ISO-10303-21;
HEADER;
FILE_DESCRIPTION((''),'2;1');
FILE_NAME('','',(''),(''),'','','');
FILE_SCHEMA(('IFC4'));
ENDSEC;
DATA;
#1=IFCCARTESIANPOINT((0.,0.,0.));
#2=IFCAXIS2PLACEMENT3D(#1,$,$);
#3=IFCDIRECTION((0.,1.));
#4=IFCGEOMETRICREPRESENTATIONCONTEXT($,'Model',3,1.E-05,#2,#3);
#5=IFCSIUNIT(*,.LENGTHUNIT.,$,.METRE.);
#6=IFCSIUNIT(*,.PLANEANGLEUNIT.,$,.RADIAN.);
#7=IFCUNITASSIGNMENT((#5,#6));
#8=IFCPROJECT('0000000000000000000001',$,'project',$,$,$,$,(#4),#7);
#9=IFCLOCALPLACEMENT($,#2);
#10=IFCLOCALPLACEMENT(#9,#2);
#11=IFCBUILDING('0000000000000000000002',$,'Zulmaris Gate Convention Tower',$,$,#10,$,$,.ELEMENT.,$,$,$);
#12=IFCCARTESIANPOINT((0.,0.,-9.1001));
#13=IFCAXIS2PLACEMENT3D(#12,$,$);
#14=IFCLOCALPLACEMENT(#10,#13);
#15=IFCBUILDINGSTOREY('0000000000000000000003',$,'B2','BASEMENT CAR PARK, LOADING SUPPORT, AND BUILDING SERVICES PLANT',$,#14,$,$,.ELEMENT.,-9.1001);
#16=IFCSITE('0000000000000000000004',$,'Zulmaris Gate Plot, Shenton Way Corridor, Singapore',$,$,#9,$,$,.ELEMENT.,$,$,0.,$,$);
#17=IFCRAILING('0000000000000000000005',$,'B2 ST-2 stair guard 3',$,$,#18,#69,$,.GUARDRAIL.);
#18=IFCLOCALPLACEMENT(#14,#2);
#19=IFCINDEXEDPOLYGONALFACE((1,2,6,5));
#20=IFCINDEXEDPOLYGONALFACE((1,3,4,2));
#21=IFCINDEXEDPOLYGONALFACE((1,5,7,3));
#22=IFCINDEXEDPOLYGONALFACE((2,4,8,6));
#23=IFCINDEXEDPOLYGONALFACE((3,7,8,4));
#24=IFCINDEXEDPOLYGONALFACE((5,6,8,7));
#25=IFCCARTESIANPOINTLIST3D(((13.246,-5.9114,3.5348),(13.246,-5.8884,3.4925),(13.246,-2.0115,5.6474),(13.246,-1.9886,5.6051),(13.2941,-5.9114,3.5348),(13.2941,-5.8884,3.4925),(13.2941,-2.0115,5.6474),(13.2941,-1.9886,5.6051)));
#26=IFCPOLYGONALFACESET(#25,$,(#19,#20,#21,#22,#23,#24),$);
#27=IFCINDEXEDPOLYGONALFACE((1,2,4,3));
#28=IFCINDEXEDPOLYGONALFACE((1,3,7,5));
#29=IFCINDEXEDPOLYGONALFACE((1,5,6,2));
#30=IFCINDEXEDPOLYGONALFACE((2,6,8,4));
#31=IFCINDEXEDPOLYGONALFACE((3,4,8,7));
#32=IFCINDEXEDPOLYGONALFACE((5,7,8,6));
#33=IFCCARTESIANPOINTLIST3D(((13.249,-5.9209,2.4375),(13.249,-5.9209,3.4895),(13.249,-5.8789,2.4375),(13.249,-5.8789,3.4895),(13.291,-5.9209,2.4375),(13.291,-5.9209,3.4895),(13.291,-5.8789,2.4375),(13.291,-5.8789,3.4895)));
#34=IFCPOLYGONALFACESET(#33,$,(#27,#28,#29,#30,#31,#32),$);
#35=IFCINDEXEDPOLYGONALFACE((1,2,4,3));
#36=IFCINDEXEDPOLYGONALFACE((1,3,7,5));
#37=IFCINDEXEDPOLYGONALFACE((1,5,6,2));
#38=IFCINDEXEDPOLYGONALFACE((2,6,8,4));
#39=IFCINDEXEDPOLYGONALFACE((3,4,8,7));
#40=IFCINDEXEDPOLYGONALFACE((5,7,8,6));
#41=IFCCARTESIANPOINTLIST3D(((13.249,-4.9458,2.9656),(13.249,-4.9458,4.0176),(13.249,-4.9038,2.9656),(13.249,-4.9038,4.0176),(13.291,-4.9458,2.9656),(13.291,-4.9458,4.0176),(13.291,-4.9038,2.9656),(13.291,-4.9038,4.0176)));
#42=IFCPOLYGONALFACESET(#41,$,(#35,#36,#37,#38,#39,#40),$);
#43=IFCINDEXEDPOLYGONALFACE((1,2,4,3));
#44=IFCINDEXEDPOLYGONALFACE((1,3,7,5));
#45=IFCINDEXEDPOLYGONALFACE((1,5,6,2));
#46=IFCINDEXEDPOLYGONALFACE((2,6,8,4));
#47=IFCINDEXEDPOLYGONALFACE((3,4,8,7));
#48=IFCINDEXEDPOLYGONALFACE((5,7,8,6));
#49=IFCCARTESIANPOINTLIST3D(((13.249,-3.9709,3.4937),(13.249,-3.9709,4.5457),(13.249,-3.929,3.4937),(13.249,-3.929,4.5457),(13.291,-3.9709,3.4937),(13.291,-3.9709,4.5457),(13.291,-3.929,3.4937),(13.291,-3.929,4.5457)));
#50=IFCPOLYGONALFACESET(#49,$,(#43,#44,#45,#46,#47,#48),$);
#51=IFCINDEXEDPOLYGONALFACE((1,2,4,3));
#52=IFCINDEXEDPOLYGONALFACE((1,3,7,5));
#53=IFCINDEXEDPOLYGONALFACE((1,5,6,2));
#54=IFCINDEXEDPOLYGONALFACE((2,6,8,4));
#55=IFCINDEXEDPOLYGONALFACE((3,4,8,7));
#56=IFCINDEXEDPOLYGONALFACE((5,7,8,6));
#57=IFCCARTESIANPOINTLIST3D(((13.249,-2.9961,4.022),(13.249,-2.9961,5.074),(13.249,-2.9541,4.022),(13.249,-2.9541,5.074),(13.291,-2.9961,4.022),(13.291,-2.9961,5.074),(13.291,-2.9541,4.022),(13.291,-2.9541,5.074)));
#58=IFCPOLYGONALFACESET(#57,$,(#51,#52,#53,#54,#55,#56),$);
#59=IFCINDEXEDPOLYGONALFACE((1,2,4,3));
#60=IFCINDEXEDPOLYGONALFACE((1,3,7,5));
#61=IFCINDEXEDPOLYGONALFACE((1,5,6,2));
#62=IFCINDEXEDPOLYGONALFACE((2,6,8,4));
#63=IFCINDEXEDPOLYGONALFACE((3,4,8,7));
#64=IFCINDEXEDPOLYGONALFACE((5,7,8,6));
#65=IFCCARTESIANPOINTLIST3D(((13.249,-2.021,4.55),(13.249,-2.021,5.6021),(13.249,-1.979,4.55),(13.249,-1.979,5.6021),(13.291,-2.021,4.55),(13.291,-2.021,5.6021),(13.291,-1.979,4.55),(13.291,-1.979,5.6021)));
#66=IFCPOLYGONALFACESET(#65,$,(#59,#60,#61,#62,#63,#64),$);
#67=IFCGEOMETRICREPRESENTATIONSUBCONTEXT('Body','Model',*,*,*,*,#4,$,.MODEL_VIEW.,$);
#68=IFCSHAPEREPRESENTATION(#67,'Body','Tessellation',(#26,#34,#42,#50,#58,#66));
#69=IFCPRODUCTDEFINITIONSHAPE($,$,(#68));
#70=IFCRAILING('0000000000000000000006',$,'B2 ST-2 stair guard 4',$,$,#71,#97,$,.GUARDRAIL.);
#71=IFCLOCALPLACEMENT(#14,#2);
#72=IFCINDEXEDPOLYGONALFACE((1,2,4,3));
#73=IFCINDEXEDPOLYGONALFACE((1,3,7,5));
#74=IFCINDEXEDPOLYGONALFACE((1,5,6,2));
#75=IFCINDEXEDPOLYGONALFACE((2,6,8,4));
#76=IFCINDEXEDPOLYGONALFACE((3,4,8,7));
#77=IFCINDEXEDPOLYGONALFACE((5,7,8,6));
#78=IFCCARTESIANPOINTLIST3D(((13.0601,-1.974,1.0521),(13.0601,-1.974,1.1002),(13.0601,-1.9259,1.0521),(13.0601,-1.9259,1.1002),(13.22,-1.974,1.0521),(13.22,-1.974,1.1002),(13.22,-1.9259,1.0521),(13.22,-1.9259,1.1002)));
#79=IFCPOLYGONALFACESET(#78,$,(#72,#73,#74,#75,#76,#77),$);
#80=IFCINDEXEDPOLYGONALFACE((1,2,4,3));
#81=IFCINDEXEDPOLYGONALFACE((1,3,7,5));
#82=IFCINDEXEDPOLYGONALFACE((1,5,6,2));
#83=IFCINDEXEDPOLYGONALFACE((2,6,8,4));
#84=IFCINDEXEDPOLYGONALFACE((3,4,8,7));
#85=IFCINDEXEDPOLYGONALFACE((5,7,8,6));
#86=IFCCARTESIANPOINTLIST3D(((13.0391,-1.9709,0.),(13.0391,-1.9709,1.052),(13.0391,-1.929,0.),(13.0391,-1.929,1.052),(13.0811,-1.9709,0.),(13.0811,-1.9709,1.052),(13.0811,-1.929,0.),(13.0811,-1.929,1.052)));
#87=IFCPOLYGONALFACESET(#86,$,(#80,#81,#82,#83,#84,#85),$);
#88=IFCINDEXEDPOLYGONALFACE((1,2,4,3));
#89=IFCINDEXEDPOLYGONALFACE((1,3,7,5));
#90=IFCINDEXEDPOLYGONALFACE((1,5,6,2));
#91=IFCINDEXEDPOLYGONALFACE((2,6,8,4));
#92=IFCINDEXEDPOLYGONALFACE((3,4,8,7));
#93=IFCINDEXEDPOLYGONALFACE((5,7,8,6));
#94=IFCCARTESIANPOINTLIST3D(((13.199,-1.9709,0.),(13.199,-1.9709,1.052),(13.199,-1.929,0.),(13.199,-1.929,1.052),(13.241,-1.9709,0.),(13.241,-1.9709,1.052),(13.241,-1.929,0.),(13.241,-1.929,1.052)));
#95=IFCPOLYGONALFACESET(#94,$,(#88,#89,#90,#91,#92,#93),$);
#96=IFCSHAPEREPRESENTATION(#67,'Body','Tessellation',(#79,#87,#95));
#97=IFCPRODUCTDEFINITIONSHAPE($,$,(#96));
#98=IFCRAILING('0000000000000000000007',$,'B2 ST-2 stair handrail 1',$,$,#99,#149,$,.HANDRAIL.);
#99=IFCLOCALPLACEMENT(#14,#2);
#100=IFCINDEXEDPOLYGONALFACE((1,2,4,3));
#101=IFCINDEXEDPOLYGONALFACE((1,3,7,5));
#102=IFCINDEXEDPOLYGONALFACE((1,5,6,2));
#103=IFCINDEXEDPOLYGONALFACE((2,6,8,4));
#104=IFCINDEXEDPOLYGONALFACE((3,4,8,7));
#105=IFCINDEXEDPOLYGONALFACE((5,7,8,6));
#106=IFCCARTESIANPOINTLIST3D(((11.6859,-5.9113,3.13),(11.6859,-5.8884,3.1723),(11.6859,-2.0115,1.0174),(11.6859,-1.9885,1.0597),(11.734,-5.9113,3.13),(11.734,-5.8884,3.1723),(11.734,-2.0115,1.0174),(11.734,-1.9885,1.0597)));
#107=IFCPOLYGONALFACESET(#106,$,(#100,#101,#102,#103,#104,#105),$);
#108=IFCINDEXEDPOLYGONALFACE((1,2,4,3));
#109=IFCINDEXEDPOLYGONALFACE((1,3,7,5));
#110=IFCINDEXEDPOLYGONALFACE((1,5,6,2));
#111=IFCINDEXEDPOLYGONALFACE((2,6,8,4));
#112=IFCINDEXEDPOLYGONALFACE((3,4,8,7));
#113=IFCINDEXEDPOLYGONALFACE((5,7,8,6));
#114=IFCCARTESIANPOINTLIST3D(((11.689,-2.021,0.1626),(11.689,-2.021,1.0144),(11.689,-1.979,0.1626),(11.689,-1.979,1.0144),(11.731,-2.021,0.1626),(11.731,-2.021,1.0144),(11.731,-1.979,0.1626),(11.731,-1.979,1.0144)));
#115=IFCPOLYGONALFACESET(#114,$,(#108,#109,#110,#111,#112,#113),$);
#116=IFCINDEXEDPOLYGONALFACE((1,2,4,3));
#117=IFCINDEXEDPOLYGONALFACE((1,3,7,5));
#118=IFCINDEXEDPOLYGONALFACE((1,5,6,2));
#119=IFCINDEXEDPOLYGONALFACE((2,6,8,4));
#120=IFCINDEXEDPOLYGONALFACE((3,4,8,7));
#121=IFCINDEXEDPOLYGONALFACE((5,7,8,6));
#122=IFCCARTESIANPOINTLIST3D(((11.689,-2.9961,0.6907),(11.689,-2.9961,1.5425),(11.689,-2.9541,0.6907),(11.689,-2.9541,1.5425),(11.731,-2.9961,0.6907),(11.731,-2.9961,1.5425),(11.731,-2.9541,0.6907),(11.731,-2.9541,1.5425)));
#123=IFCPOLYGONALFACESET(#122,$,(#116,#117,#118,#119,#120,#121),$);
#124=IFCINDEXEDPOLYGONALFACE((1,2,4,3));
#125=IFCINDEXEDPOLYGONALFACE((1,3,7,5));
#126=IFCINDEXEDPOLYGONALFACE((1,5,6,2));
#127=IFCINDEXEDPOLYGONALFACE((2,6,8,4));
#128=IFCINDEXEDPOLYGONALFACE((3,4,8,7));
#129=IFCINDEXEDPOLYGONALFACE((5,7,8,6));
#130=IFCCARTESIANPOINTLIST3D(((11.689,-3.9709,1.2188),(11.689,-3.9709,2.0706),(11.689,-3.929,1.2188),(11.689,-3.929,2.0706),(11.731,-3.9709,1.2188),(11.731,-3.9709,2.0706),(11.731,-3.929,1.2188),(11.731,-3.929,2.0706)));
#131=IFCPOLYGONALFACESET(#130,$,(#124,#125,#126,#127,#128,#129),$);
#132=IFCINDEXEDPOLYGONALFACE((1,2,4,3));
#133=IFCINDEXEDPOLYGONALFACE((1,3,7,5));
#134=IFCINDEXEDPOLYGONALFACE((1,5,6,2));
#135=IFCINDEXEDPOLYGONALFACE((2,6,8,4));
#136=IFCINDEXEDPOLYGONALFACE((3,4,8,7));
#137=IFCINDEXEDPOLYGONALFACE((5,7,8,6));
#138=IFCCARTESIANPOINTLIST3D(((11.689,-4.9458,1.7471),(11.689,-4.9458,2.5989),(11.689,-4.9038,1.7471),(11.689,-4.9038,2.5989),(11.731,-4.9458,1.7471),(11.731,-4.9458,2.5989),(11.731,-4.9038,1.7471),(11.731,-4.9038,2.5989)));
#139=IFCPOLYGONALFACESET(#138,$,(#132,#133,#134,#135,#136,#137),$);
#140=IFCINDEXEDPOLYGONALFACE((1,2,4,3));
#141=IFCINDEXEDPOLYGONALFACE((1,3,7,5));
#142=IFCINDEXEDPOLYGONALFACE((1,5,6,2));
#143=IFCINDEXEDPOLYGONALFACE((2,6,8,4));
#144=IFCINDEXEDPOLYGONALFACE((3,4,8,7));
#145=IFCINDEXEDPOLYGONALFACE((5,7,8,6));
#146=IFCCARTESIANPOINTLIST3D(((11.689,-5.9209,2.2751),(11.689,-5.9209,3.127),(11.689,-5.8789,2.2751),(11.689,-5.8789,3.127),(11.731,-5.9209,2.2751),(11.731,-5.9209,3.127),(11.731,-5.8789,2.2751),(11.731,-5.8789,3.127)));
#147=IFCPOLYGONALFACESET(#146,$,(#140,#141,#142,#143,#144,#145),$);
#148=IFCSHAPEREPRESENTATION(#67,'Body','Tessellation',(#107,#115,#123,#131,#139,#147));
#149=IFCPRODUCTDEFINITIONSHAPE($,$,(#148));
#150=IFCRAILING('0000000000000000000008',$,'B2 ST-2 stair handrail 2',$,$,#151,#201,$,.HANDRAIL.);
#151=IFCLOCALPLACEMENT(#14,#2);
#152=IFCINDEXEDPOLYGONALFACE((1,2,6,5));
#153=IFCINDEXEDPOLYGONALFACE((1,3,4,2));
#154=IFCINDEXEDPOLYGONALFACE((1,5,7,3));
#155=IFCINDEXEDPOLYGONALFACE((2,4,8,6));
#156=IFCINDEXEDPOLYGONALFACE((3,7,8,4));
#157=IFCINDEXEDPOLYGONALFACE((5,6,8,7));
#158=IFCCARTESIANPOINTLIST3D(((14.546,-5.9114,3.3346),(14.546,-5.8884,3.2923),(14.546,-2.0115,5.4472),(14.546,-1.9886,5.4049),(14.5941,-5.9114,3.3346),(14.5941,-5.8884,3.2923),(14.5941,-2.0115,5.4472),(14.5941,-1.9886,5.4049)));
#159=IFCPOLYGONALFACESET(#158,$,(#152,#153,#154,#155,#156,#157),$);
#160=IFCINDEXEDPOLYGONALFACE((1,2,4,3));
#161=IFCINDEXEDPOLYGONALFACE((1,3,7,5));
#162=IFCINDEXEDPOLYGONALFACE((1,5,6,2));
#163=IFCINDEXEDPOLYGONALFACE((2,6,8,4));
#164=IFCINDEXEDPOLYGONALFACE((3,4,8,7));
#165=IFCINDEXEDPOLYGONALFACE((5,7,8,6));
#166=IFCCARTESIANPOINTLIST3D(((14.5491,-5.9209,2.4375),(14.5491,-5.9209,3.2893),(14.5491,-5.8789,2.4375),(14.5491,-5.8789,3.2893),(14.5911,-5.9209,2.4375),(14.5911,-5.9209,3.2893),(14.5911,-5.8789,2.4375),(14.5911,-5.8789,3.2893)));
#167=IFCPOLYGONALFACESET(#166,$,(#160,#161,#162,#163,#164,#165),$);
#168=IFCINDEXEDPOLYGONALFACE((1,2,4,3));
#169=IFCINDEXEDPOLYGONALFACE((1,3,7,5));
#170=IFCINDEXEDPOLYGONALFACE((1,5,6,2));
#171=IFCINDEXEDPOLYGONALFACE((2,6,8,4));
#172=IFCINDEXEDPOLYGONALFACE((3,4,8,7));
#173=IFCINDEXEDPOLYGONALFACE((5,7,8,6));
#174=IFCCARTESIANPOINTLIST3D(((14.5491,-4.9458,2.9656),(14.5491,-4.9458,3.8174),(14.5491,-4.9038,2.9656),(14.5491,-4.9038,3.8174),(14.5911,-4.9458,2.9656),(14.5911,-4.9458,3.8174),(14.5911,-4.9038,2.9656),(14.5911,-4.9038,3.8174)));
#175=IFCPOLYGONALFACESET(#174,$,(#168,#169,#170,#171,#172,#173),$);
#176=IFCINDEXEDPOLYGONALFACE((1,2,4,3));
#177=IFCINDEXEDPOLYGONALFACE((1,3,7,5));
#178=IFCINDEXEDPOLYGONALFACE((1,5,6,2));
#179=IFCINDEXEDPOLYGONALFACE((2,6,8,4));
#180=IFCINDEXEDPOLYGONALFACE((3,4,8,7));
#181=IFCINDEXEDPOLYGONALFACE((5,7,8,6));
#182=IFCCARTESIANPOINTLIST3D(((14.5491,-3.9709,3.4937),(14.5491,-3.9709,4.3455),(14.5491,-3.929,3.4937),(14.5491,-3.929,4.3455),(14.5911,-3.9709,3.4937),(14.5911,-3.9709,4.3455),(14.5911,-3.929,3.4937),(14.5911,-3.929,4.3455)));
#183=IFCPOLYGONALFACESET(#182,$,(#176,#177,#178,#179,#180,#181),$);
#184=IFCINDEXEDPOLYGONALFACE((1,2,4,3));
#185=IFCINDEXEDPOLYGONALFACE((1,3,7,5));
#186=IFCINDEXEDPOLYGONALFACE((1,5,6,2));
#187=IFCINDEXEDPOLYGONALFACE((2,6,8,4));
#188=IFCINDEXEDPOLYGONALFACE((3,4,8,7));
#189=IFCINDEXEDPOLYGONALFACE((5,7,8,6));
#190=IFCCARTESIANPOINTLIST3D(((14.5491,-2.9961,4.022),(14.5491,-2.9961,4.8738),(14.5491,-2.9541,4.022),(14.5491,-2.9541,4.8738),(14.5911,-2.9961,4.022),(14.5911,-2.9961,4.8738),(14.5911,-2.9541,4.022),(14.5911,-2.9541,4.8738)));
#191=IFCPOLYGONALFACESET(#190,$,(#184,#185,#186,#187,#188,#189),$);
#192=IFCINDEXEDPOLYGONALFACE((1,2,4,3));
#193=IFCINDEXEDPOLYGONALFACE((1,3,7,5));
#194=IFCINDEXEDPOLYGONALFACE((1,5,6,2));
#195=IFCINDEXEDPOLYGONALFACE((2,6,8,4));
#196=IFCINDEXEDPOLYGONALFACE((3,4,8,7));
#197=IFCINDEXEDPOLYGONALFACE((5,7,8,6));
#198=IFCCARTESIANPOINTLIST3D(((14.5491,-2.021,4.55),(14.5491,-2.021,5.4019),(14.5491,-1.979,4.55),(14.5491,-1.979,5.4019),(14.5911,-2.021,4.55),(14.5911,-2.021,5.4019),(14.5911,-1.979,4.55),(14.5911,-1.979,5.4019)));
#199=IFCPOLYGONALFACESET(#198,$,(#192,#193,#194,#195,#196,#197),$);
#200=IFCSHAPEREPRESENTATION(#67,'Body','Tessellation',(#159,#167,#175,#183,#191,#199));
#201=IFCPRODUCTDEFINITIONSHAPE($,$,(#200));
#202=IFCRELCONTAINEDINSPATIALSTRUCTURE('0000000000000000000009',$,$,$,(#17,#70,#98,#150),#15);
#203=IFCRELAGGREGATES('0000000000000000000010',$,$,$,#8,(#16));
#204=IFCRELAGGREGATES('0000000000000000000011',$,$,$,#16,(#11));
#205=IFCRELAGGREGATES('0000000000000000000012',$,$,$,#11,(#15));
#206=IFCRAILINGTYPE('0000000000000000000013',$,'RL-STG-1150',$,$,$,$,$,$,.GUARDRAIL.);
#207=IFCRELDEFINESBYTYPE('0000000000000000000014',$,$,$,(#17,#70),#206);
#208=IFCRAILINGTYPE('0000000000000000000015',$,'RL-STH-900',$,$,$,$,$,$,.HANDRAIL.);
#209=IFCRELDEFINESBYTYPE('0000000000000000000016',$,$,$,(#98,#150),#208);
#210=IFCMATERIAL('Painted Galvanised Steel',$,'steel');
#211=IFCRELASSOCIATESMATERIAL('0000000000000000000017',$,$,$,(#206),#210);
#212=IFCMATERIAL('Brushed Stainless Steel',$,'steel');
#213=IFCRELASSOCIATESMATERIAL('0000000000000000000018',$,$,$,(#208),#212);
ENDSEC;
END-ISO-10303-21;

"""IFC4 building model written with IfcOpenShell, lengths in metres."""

from ifc_helpers import new_model, si_unit, direction, frame, origin, origin_2d, place, context, subcontext, project, spatial, rectangle, extrude, material, type_object, element, save


model = new_model("IFC4")

# Units and contexts
model_context = context("Model", 3, precision=1e-05, world=origin(), true_north=direction((0.0, 1.0)))
body_context = subcontext(model_context, "Body", "Model", "MODEL_VIEW")
ifc_project = project(units=[si_unit("LENGTHUNIT", "METRE"), si_unit("PLANEANGLEUNIT", "RADIAN")], contexts=[model_context])

# Site, building, storey
site_placement = place(None, origin())
site = spatial("IfcSite", under=ifc_project, at=site_placement, Name="Zulmaris Gate Plot, Shenton Way Corridor, Singapore", CompositionType="ELEMENT", RefElevation=0.0)
building_placement = place(site_placement, origin())
building = spatial("IfcBuilding", under=site, at=building_placement, Name="Zulmaris Gate Convention Tower", CompositionType="ELEMENT")
storey_placement = place(building_placement, frame((0.0, 0.0, -9.1001)))
storey = spatial("IfcBuildingStorey", under=building, at=storey_placement, Name="B2", Description="BASEMENT CAR PARK, LOADING SUPPORT, AND BUILDING SERVICES PLANT", CompositionType="ELEMENT", Elevation=-9.1001)

# Railings
ifc_material_1 = material(Name="Painted Galvanised Steel", Category="steel")
railing_type_1 = type_object("IfcRailingType", Name="RL-STG-1150", PredefinedType="GUARDRAIL", material=ifc_material_1)
railing_1_placement = place(storey_placement, frame((13.27, -5.8999, 2.4375)))
element("IfcRailing", 1, at=railing_1_placement, inside=storey, type_object=railing_type_1, Name="B2 ST-2 stair guard 3", PredefinedType="GUARDRAIL", context=body_context, shape_type="SweptSolid", body=[
    extrude(rectangle(XDim=0.0481, YDim=0.0481, at=origin_2d()), frame((0.0, 0.0, 1.0762), z_axis=(0.0, 0.879282, 0.476301), x_axis=(-1.0, 0.0, 0.0)), (0.0, 0.0, 1.0), 4.4353),
    extrude(rectangle(XDim=0.042, YDim=0.042, at=origin_2d()), origin(), (0.0, 0.0, 1.0), 1.052),
    extrude(rectangle(XDim=0.042, YDim=0.042, at=origin_2d()), frame((0.0, 0.9751, 0.5281)), (0.0, 0.0, 1.0), 1.052),
    extrude(rectangle(XDim=0.042, YDim=0.042, at=origin_2d()), frame((0.0, 1.95, 1.0562)), (0.0, 0.0, 1.0), 1.052),
    extrude(rectangle(XDim=0.042, YDim=0.042, at=origin_2d()), frame((0.0, 2.9248, 1.5845)), (0.0, 0.0, 1.0), 1.052),
    extrude(rectangle(XDim=0.042, YDim=0.042, at=origin_2d()), frame((0.0, 3.8999, 2.1125)), (0.0, 0.0, 1.0), 1.052),
])
railing_2_placement = place(storey_placement, frame((13.0601, -1.95, 0.0)))
element("IfcRailing", 2, at=railing_2_placement, inside=storey, type_object=railing_type_1, Name="B2 ST-2 stair guard 4", PredefinedType="GUARDRAIL", context=body_context, shape_type="SweptSolid", body=[
    extrude(rectangle(XDim=0.0481, YDim=0.0481, at=origin_2d()), frame((0.0, 0.0, 1.0762), z_axis=(1.0, 0.0, 0.0), x_axis=(0.0, 1.0, 0.0)), (0.0, 0.0, 1.0), 0.1599),
    extrude(rectangle(XDim=0.042, YDim=0.042, at=origin_2d()), origin(), (0.0, 0.0, 1.0), 1.052),
    extrude(rectangle(XDim=0.042, YDim=0.042, at=origin_2d()), frame((0.1599, 0.0, 0.0)), (0.0, 0.0, 1.0), 1.052),
])
ifc_material_2 = material(Name="Brushed Stainless Steel", Category="steel")
railing_type_2 = type_object("IfcRailingType", Name="RL-STH-900", PredefinedType="HANDRAIL", material=ifc_material_2)
railing_3_placement = place(storey_placement, frame((11.71, -2.0, 0.1626)))
element("IfcRailing", 3, at=railing_3_placement, inside=storey, type_object=railing_type_2, Name="B2 ST-2 stair handrail 1", PredefinedType="HANDRAIL", context=body_context, shape_type="SweptSolid", body=[
    extrude(rectangle(XDim=0.0481, YDim=0.0481, at=origin_2d()), frame((0.0, 0.0, 0.876), z_axis=(0.0, -0.879282, 0.476301), x_axis=(1.0, 0.0, 0.0)), (0.0, 0.0, 1.0), 4.4353),
    extrude(rectangle(XDim=0.042, YDim=0.042, at=origin_2d()), origin(), (0.0, 0.0, 1.0), 0.8518),
    extrude(rectangle(XDim=0.042, YDim=0.042, at=origin_2d()), frame((0.0, -0.9751, 0.5281)), (0.0, 0.0, 1.0), 0.8518),
    extrude(rectangle(XDim=0.042, YDim=0.042, at=origin_2d()), frame((0.0, -1.95, 1.0562)), (0.0, 0.0, 1.0), 0.8518),
    extrude(rectangle(XDim=0.042, YDim=0.042, at=origin_2d()), frame((0.0, -2.9248, 1.5845)), (0.0, 0.0, 1.0), 0.8518),
    extrude(rectangle(XDim=0.042, YDim=0.042, at=origin_2d()), frame((0.0, -3.8999, 2.1125)), (0.0, 0.0, 1.0), 0.8518),
])
railing_4_placement = place(storey_placement, frame((14.5701, -5.8999, 2.4375)))
element("IfcRailing", 4, at=railing_4_placement, inside=storey, type_object=railing_type_2, Name="B2 ST-2 stair handrail 2", PredefinedType="HANDRAIL", context=body_context, shape_type="SweptSolid", body=[
    extrude(rectangle(XDim=0.0481, YDim=0.0481, at=origin_2d()), frame((0.0, 0.0, 0.876), z_axis=(0.0, 0.879282, 0.476301), x_axis=(-1.0, 0.0, 0.0)), (0.0, 0.0, 1.0), 4.4353),
    extrude(rectangle(XDim=0.042, YDim=0.042, at=origin_2d()), origin(), (0.0, 0.0, 1.0), 0.8518),
    extrude(rectangle(XDim=0.042, YDim=0.042, at=origin_2d()), frame((0.0, 0.9751, 0.5281)), (0.0, 0.0, 1.0), 0.8518),
    extrude(rectangle(XDim=0.042, YDim=0.042, at=origin_2d()), frame((0.0, 1.95, 1.0562)), (0.0, 0.0, 1.0), 0.8518),
    extrude(rectangle(XDim=0.042, YDim=0.042, at=origin_2d()), frame((0.0, 2.9248, 1.5845)), (0.0, 0.0, 1.0), 0.8518),
    extrude(rectangle(XDim=0.042, YDim=0.042, at=origin_2d()), frame((0.0, 3.8999, 2.1125)), (0.0, 0.0, 1.0), 0.8518),
])

save(model, "model.ifc")
